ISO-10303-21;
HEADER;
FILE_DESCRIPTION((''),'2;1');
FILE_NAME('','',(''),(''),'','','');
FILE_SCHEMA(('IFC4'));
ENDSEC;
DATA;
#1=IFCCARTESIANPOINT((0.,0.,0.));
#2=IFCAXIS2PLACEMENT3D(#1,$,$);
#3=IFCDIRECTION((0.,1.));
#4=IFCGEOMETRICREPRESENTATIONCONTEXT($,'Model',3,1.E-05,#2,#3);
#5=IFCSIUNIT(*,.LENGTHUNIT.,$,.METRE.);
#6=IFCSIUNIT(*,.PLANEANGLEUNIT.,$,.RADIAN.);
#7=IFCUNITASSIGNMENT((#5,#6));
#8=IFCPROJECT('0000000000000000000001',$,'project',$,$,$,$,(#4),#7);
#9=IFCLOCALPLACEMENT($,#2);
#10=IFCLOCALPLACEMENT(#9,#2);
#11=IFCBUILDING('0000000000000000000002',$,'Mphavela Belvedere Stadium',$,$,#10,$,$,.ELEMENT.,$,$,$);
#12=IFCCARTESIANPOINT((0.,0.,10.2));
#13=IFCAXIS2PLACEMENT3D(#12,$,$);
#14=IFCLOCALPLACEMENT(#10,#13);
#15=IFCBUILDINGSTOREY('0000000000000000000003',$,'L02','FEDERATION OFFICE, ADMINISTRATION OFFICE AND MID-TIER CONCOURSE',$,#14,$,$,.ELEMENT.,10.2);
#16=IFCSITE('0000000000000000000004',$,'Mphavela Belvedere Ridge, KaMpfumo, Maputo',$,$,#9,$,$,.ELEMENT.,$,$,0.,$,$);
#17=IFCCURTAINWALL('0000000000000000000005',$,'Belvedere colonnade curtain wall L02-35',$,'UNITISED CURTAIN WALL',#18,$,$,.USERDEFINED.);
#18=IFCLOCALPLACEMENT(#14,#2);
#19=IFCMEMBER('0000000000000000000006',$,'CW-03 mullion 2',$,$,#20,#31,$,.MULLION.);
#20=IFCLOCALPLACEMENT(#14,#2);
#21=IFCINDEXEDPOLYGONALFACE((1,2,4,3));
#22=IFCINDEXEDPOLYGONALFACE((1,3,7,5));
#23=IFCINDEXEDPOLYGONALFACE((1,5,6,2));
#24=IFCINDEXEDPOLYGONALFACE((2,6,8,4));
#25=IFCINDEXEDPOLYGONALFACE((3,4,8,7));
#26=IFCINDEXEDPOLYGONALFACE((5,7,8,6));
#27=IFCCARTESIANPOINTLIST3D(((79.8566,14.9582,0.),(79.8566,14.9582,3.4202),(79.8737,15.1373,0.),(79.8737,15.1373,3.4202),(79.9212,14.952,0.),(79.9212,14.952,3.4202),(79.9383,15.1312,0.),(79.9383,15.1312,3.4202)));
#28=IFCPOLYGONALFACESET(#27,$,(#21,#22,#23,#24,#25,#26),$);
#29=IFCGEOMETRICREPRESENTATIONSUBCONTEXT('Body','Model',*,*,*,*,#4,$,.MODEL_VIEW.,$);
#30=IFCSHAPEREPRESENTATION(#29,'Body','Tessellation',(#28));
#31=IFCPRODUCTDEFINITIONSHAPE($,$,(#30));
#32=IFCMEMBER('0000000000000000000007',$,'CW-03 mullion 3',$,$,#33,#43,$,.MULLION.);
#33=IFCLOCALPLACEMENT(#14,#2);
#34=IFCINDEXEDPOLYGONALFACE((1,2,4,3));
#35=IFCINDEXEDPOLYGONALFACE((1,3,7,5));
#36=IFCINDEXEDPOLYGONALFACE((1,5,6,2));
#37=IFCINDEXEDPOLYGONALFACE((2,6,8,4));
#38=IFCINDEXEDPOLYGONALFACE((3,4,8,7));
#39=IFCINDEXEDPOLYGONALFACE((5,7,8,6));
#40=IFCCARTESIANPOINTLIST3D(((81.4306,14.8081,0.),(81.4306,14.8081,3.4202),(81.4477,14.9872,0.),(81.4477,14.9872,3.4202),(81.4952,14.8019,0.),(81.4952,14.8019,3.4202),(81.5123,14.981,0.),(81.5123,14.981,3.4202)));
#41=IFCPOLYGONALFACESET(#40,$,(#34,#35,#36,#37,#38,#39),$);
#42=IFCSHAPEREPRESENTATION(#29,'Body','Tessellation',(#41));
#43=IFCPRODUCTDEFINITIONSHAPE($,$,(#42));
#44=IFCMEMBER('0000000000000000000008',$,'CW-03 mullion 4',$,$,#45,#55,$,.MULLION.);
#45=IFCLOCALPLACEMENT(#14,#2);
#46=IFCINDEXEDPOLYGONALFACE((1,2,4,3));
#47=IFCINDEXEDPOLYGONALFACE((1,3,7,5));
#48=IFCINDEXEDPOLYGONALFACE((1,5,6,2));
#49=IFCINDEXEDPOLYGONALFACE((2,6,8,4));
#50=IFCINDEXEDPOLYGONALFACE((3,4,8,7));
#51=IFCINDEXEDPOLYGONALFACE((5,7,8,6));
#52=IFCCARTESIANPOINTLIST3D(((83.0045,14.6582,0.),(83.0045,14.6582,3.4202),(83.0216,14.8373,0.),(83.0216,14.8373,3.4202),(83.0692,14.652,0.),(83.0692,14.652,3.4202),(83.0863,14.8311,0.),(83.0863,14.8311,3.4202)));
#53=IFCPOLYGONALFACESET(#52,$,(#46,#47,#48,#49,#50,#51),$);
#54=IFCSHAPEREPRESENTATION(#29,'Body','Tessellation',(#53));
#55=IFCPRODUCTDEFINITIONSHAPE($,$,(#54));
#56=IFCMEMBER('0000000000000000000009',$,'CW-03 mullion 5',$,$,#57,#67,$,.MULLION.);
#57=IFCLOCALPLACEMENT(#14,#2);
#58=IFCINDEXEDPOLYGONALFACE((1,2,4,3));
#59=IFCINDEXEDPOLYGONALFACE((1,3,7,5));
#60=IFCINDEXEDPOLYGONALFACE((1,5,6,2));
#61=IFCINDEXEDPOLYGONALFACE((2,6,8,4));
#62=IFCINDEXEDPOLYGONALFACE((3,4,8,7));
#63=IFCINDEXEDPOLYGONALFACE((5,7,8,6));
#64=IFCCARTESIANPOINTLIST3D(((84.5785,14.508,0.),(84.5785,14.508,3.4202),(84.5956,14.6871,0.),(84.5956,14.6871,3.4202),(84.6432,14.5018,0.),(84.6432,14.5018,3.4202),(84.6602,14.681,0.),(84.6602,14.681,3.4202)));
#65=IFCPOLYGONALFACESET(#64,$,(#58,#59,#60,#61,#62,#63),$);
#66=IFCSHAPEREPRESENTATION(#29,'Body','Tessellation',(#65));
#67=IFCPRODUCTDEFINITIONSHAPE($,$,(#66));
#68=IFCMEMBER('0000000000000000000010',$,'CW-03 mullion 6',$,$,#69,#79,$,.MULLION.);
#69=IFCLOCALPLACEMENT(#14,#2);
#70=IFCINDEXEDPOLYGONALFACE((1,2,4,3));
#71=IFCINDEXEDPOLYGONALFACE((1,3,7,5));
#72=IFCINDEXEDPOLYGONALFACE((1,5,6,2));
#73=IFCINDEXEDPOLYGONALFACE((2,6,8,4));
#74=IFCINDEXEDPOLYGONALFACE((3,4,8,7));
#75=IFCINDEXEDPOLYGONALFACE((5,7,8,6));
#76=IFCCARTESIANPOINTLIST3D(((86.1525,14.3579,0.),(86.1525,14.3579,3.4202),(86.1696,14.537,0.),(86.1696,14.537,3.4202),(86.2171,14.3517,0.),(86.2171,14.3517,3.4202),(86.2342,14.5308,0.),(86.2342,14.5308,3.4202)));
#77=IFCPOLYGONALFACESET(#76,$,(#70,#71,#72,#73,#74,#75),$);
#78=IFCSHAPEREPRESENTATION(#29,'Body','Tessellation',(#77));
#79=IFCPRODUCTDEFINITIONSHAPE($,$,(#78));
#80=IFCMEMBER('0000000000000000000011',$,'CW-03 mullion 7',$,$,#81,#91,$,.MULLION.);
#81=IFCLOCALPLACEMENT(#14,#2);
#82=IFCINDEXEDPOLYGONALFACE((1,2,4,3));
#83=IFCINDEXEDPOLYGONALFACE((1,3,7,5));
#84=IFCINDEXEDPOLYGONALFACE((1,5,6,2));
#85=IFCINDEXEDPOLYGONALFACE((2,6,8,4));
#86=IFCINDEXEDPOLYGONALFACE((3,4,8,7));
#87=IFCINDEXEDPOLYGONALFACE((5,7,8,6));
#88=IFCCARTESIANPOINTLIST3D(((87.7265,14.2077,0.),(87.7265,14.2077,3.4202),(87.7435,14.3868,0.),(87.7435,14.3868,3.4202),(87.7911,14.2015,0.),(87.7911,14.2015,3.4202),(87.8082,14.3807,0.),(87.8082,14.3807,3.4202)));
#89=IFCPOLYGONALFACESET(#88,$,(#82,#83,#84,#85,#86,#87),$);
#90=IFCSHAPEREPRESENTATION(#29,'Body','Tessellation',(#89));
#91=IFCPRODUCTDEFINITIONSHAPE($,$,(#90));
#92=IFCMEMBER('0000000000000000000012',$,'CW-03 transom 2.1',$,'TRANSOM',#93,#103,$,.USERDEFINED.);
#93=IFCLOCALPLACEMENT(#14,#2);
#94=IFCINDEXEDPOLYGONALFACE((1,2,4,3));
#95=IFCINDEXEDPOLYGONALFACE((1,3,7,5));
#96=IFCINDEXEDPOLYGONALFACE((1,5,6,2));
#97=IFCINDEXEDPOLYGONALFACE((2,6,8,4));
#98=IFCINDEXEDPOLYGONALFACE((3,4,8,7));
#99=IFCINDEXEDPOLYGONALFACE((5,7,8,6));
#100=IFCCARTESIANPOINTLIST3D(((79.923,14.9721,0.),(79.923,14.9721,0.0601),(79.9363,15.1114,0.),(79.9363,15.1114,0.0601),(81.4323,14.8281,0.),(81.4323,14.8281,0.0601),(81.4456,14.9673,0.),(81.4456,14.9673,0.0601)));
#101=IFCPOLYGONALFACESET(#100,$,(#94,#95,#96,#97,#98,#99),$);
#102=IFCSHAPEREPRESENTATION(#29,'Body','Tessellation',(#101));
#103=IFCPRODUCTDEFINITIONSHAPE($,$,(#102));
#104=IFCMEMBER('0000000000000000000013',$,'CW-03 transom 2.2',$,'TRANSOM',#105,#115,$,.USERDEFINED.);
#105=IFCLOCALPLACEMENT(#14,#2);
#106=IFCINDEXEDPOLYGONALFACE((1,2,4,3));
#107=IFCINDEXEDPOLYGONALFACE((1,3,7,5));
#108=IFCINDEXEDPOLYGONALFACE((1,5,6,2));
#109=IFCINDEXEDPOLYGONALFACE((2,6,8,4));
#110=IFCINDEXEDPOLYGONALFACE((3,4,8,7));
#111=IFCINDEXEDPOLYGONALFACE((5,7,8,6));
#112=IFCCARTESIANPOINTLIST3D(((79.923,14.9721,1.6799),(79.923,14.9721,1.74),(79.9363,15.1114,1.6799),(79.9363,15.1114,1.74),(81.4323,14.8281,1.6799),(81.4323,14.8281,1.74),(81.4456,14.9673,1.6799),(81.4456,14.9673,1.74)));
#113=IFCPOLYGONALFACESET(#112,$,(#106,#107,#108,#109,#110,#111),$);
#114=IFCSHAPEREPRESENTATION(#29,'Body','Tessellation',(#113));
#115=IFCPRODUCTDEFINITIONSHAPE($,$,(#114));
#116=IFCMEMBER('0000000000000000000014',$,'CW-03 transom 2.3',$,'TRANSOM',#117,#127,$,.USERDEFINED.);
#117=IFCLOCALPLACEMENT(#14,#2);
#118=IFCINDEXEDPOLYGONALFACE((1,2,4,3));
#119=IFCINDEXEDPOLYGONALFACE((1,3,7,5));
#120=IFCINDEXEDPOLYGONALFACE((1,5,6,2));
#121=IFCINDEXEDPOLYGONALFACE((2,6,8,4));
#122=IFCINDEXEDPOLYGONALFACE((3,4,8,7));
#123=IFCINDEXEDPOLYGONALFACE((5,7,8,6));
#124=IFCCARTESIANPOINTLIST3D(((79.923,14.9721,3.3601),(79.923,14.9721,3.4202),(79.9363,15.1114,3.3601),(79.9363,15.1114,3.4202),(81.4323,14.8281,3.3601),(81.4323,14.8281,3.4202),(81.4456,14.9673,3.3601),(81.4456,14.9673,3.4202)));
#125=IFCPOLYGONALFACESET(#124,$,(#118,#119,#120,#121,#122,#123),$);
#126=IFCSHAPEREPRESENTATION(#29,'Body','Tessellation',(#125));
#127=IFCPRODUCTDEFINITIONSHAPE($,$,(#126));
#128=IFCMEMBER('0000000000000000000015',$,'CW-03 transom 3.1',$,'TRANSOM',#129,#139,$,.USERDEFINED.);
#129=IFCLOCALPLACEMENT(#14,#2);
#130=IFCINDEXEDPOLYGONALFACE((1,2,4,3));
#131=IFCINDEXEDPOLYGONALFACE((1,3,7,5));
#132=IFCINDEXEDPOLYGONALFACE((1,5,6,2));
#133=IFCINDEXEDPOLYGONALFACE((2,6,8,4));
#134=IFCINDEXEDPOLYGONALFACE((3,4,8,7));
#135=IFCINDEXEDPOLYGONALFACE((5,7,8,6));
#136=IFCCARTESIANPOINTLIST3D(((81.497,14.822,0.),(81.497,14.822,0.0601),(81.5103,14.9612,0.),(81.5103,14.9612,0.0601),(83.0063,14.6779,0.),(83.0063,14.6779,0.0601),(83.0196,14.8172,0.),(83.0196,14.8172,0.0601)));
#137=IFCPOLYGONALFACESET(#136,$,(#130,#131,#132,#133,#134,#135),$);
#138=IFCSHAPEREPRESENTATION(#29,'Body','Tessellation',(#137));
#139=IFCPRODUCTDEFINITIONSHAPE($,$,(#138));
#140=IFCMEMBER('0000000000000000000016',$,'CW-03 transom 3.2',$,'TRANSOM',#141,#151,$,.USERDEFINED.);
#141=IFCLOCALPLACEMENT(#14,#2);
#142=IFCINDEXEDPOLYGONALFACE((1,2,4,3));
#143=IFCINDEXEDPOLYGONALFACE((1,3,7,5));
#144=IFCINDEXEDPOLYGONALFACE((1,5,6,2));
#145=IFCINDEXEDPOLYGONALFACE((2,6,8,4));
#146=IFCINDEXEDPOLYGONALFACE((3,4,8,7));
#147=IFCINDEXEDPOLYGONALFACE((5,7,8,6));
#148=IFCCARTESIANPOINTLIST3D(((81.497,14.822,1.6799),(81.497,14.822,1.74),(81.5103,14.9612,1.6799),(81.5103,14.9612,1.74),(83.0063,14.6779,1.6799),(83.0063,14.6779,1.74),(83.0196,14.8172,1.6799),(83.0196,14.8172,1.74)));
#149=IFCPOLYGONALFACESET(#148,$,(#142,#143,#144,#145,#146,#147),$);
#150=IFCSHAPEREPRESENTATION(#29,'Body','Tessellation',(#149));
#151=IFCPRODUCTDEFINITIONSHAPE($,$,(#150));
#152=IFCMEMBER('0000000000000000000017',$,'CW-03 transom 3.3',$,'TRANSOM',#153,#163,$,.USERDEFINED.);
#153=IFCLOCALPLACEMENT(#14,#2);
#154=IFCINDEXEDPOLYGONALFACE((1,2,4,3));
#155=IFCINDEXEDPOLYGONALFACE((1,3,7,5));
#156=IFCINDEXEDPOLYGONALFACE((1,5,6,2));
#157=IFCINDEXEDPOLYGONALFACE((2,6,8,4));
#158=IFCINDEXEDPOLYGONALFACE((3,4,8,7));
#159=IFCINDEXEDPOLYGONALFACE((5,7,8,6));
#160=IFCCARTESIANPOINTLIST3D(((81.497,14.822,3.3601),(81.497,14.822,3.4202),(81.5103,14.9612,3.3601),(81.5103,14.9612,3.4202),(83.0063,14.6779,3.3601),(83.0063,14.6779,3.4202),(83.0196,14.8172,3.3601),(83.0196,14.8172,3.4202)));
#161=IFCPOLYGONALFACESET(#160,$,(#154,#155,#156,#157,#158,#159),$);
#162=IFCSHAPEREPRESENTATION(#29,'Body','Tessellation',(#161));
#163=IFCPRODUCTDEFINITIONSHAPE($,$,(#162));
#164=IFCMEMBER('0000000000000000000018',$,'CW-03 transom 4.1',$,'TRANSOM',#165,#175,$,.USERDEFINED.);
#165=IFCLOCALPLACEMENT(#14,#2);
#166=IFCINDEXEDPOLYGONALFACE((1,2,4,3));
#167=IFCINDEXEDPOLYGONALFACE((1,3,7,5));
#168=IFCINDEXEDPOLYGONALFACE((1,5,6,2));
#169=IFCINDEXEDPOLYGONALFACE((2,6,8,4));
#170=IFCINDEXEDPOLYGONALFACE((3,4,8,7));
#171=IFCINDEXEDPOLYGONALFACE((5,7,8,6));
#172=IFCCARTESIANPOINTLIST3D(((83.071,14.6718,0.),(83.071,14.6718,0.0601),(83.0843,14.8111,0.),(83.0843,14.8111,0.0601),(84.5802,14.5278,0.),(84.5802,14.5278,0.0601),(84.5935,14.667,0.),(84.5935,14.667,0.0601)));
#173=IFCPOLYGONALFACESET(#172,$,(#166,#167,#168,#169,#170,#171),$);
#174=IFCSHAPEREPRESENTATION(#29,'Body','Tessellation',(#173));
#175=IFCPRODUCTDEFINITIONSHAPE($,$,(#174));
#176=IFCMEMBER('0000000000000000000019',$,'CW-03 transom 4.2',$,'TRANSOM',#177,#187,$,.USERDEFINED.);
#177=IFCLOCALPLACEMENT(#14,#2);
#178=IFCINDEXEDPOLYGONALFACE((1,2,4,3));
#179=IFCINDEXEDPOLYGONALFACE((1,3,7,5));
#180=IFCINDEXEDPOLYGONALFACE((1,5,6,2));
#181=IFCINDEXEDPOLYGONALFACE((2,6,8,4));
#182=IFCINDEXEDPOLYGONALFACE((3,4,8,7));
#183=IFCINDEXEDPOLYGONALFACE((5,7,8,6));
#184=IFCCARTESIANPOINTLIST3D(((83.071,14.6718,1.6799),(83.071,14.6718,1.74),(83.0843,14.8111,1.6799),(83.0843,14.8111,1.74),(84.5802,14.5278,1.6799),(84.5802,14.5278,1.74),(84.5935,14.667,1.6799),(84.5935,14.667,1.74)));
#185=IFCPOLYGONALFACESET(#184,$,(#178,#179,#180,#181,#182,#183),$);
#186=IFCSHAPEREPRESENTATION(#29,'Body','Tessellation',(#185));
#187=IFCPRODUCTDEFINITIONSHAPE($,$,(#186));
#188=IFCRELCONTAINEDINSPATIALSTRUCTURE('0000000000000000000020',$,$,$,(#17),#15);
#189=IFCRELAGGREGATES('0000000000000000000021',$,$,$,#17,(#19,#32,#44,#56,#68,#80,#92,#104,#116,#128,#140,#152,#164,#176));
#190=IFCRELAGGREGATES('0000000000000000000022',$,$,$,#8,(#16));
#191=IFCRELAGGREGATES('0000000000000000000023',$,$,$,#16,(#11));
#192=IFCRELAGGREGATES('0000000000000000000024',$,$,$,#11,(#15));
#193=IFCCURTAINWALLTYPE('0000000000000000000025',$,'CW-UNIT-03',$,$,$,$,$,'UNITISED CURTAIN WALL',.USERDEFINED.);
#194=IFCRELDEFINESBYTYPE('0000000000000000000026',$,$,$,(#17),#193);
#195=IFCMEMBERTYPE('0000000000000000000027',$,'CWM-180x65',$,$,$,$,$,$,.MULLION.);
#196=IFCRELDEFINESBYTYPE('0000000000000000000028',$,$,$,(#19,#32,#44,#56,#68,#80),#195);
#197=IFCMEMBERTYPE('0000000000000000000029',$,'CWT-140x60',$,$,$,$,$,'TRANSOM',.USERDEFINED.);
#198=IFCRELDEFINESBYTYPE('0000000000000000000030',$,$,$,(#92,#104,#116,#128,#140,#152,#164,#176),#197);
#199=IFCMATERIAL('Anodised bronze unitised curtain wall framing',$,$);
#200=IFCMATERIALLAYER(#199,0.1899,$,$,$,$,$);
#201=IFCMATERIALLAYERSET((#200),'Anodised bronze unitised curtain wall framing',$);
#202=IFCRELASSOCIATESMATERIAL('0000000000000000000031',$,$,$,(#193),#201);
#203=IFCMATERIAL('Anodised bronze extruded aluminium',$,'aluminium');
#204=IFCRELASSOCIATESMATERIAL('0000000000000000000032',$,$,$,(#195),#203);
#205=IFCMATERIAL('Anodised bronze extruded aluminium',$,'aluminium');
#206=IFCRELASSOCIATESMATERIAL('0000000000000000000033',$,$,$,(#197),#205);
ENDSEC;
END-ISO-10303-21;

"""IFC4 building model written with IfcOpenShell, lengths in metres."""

from ifc_helpers import new_model, si_unit, direction, frame, origin, origin_2d, place, context, subcontext, project, spatial, rectangle, extrude, material, layer, layer_set, material_profile, profile_set, type_object, element, aggregate, save


model = new_model("IFC4")

# Units and contexts
model_context = context("Model", 3, precision=1e-05, world=origin(), true_north=direction((0.0, 1.0)))
body_context = subcontext(model_context, "Body", "Model", "MODEL_VIEW")
ifc_project = project(units=[si_unit("LENGTHUNIT", "METRE"), si_unit("PLANEANGLEUNIT", "RADIAN")], contexts=[model_context])

# Site, building, storey
site_placement = place(None, origin())
site = spatial("IfcSite", under=ifc_project, at=site_placement, Name="Mphavela Belvedere Ridge, KaMpfumo, Maputo", CompositionType="ELEMENT", RefElevation=0.0)
building_placement = place(site_placement, origin())
building = spatial("IfcBuilding", under=site, at=building_placement, Name="Mphavela Belvedere Stadium", CompositionType="ELEMENT")
storey_placement = place(building_placement, frame((0.0, 0.0, 10.2)))
storey = spatial("IfcBuildingStorey", under=building, at=storey_placement, Name="L02", Description="FEDERATION OFFICE, ADMINISTRATION OFFICE AND MID-TIER CONCOURSE", CompositionType="ELEMENT", Elevation=10.2)

# Curtain wall, members
ifc_material_1 = material(Name="Anodised bronze unitised curtain wall framing")
ifc_layer_1 = layer(ifc_material_1, 0.1899)
ifc_layer_set_1 = layer_set([ifc_layer_1], Name="Anodised bronze unitised curtain wall framing")
curtain_wall_type = type_object("IfcCurtainWallType", Name="CW-UNIT-03", ElementType="UNITISED CURTAIN WALL", PredefinedType="USERDEFINED", material=ifc_layer_set_1)
curtain_wall_placement = place(storey_placement, origin())
curtain_wall = element("IfcCurtainWall", 1, at=curtain_wall_placement, inside=storey, type_object=curtain_wall_type, Name="Belvedere colonnade curtain wall L02-35", ObjectType="UNITISED CURTAIN WALL", PredefinedType="USERDEFINED")
ifc_material_2 = material(Name="Anodised bronze extruded aluminium", Category="aluminium")
ifc_material_profile_1 = material_profile(ifc_material_2, rectangle(XDim=0.1799, YDim=0.0649, at=origin_2d()), Name="CW-MUL 180x65")
ifc_profile_set_1 = profile_set([ifc_material_profile_1], Name="Anodised bronze extruded aluminium")
member_type_1 = type_object("IfcMemberType", Name="CWM-180x65", PredefinedType="MULLION", material=ifc_profile_set_1)
member_1_placement = place(storey_placement, frame((79.8975, 15.0447, 0.0), z_axis=(0.0, 0.0, 1.0), x_axis=(0.094926, 0.995484, 0.0)))
member_1 = element("IfcMember", 2, at=member_1_placement, type_object=member_type_1, Name="CW-03 mullion 2", PredefinedType="MULLION", context=body_context, shape_type="SweptSolid", body=[
    extrude(rectangle(XDim=0.1799, YDim=0.0649, at=origin_2d()), origin(), (0.0, 0.0, 1.0), 3.4202),
])
member_2_placement = place(storey_placement, frame((81.4714, 14.8945, 0.0), z_axis=(0.0, 0.0, 1.0), x_axis=(0.094926, 0.995484, 0.0)))
member_2 = element("IfcMember", 3, at=member_2_placement, type_object=member_type_1, Name="CW-03 mullion 3", PredefinedType="MULLION", context=body_context, shape_type="SweptSolid", body=[
    extrude(rectangle(XDim=0.1799, YDim=0.0649, at=origin_2d()), origin(), (0.0, 0.0, 1.0), 3.4202),
])
member_3_placement = place(storey_placement, frame((83.0454, 14.7446, 0.0), z_axis=(0.0, 0.0, 1.0), x_axis=(0.094926, 0.995484, 0.0)))
member_3 = element("IfcMember", 4, at=member_3_placement, type_object=member_type_1, Name="CW-03 mullion 4", PredefinedType="MULLION", context=body_context, shape_type="SweptSolid", body=[
    extrude(rectangle(XDim=0.1799, YDim=0.0649, at=origin_2d()), origin(), (0.0, 0.0, 1.0), 3.4202),
])
member_4_placement = place(storey_placement, frame((84.6194, 14.5945, 0.0), z_axis=(0.0, 0.0, 1.0), x_axis=(0.094926, 0.995484, 0.0)))
member_4 = element("IfcMember", 5, at=member_4_placement, type_object=member_type_1, Name="CW-03 mullion 5", PredefinedType="MULLION", context=body_context, shape_type="SweptSolid", body=[
    extrude(rectangle(XDim=0.1799, YDim=0.0649, at=origin_2d()), origin(), (0.0, 0.0, 1.0), 3.4202),
])
member_5_placement = place(storey_placement, frame((86.1934, 14.4443, 0.0), z_axis=(0.0, 0.0, 1.0), x_axis=(0.094926, 0.995484, 0.0)))
member_5 = element("IfcMember", 6, at=member_5_placement, type_object=member_type_1, Name="CW-03 mullion 6", PredefinedType="MULLION", context=body_context, shape_type="SweptSolid", body=[
    extrude(rectangle(XDim=0.1799, YDim=0.0649, at=origin_2d()), origin(), (0.0, 0.0, 1.0), 3.4202),
])
member_6_placement = place(storey_placement, frame((87.7673, 14.2942, 0.0), z_axis=(0.0, 0.0, 1.0), x_axis=(0.094926, 0.995484, 0.0)))
member_6 = element("IfcMember", 7, at=member_6_placement, type_object=member_type_1, Name="CW-03 mullion 7", PredefinedType="MULLION", context=body_context, shape_type="SweptSolid", body=[
    extrude(rectangle(XDim=0.1799, YDim=0.0649, at=origin_2d()), origin(), (0.0, 0.0, 1.0), 3.4202),
])
ifc_material_3 = material(Name="Anodised bronze extruded aluminium", Category="aluminium")
ifc_material_profile_2 = material_profile(ifc_material_3, rectangle(XDim=0.1399, YDim=0.0601, at=origin_2d()), Name="CW-TRN 140x60")
ifc_profile_set_2 = profile_set([ifc_material_profile_2], Name="Anodised bronze extruded aluminium")
member_type_2 = type_object("IfcMemberType", Name="CWT-140x60", ElementType="TRANSOM", PredefinedType="USERDEFINED", material=ifc_profile_set_2)
member_7_placement = place(storey_placement, frame((79.9297, 15.0417, 0.03), z_axis=(0.995477, -0.095007, 0.0), x_axis=(0.095007, 0.995477, 0.0)))
member_7 = element("IfcMember", 8, at=member_7_placement, type_object=member_type_2, Name="CW-03 transom 2.1", ObjectType="TRANSOM", PredefinedType="USERDEFINED", context=body_context, shape_type="SweptSolid", body=[
    extrude(rectangle(XDim=0.1399, YDim=0.0601, at=origin_2d()), origin(), (0.0, 0.0, 1.0), 1.5161),
])
member_8_placement = place(storey_placement, frame((79.9297, 15.0417, 1.71), z_axis=(0.995477, -0.095007, 0.0), x_axis=(0.095007, 0.995477, 0.0)))
member_8 = element("IfcMember", 9, at=member_8_placement, type_object=member_type_2, Name="CW-03 transom 2.2", ObjectType="TRANSOM", PredefinedType="USERDEFINED", context=body_context, shape_type="SweptSolid", body=[
    extrude(rectangle(XDim=0.1399, YDim=0.0601, at=origin_2d()), origin(), (0.0, 0.0, 1.0), 1.5161),
])
member_9_placement = place(storey_placement, frame((79.9297, 15.0417, 3.3901), z_axis=(0.995477, -0.095007, 0.0), x_axis=(0.095007, 0.995477, 0.0)))
member_9 = element("IfcMember", 10, at=member_9_placement, type_object=member_type_2, Name="CW-03 transom 2.3", ObjectType="TRANSOM", PredefinedType="USERDEFINED", context=body_context, shape_type="SweptSolid", body=[
    extrude(rectangle(XDim=0.1399, YDim=0.0601, at=origin_2d()), origin(), (0.0, 0.0, 1.0), 1.5161),
])
member_10_placement = place(storey_placement, frame((81.5037, 14.8916, 0.03), z_axis=(0.995477, -0.095007, 0.0), x_axis=(0.095007, 0.995477, 0.0)))
member_10 = element("IfcMember", 11, at=member_10_placement, type_object=member_type_2, Name="CW-03 transom 3.1", ObjectType="TRANSOM", PredefinedType="USERDEFINED", context=body_context, shape_type="SweptSolid", body=[
    extrude(rectangle(XDim=0.1399, YDim=0.0601, at=origin_2d()), origin(), (0.0, 0.0, 1.0), 1.5161),
])
member_11_placement = place(storey_placement, frame((81.5037, 14.8916, 1.71), z_axis=(0.995477, -0.095007, 0.0), x_axis=(0.095007, 0.995477, 0.0)))
member_11 = element("IfcMember", 12, at=member_11_placement, type_object=member_type_2, Name="CW-03 transom 3.2", ObjectType="TRANSOM", PredefinedType="USERDEFINED", context=body_context, shape_type="SweptSolid", body=[
    extrude(rectangle(XDim=0.1399, YDim=0.0601, at=origin_2d()), origin(), (0.0, 0.0, 1.0), 1.5161),
])
member_12_placement = place(storey_placement, frame((81.5037, 14.8916, 3.3901), z_axis=(0.995477, -0.095007, 0.0), x_axis=(0.095007, 0.995477, 0.0)))
member_12 = element("IfcMember", 13, at=member_12_placement, type_object=member_type_2, Name="CW-03 transom 3.3", ObjectType="TRANSOM", PredefinedType="USERDEFINED", context=body_context, shape_type="SweptSolid", body=[
    extrude(rectangle(XDim=0.1399, YDim=0.0601, at=origin_2d()), origin(), (0.0, 0.0, 1.0), 1.5161),
])
member_13_placement = place(storey_placement, frame((83.0776, 14.7415, 0.03), z_axis=(0.995477, -0.095007, 0.0), x_axis=(0.095007, 0.995477, 0.0)))
member_13 = element("IfcMember", 14, at=member_13_placement, type_object=member_type_2, Name="CW-03 transom 4.1", ObjectType="TRANSOM", PredefinedType="USERDEFINED", context=body_context, shape_type="SweptSolid", body=[
    extrude(rectangle(XDim=0.1399, YDim=0.0601, at=origin_2d()), origin(), (0.0, 0.0, 1.0), 1.5161),
])
member_14_placement = place(storey_placement, frame((83.0776, 14.7415, 1.71), z_axis=(0.995477, -0.095007, 0.0), x_axis=(0.095007, 0.995477, 0.0)))
member_14 = element("IfcMember", 15, at=member_14_placement, type_object=member_type_2, Name="CW-03 transom 4.2", ObjectType="TRANSOM", PredefinedType="USERDEFINED", context=body_context, shape_type="SweptSolid", body=[
    extrude(rectangle(XDim=0.1399, YDim=0.0601, at=origin_2d()), origin(), (0.0, 0.0, 1.0), 1.5161),
])
aggregate(curtain_wall, [member_1, member_2, member_3, member_4, member_5, member_6, member_7, member_8, member_9, member_10, member_11, member_12, member_13, member_14])

save(model, "model.ifc")
